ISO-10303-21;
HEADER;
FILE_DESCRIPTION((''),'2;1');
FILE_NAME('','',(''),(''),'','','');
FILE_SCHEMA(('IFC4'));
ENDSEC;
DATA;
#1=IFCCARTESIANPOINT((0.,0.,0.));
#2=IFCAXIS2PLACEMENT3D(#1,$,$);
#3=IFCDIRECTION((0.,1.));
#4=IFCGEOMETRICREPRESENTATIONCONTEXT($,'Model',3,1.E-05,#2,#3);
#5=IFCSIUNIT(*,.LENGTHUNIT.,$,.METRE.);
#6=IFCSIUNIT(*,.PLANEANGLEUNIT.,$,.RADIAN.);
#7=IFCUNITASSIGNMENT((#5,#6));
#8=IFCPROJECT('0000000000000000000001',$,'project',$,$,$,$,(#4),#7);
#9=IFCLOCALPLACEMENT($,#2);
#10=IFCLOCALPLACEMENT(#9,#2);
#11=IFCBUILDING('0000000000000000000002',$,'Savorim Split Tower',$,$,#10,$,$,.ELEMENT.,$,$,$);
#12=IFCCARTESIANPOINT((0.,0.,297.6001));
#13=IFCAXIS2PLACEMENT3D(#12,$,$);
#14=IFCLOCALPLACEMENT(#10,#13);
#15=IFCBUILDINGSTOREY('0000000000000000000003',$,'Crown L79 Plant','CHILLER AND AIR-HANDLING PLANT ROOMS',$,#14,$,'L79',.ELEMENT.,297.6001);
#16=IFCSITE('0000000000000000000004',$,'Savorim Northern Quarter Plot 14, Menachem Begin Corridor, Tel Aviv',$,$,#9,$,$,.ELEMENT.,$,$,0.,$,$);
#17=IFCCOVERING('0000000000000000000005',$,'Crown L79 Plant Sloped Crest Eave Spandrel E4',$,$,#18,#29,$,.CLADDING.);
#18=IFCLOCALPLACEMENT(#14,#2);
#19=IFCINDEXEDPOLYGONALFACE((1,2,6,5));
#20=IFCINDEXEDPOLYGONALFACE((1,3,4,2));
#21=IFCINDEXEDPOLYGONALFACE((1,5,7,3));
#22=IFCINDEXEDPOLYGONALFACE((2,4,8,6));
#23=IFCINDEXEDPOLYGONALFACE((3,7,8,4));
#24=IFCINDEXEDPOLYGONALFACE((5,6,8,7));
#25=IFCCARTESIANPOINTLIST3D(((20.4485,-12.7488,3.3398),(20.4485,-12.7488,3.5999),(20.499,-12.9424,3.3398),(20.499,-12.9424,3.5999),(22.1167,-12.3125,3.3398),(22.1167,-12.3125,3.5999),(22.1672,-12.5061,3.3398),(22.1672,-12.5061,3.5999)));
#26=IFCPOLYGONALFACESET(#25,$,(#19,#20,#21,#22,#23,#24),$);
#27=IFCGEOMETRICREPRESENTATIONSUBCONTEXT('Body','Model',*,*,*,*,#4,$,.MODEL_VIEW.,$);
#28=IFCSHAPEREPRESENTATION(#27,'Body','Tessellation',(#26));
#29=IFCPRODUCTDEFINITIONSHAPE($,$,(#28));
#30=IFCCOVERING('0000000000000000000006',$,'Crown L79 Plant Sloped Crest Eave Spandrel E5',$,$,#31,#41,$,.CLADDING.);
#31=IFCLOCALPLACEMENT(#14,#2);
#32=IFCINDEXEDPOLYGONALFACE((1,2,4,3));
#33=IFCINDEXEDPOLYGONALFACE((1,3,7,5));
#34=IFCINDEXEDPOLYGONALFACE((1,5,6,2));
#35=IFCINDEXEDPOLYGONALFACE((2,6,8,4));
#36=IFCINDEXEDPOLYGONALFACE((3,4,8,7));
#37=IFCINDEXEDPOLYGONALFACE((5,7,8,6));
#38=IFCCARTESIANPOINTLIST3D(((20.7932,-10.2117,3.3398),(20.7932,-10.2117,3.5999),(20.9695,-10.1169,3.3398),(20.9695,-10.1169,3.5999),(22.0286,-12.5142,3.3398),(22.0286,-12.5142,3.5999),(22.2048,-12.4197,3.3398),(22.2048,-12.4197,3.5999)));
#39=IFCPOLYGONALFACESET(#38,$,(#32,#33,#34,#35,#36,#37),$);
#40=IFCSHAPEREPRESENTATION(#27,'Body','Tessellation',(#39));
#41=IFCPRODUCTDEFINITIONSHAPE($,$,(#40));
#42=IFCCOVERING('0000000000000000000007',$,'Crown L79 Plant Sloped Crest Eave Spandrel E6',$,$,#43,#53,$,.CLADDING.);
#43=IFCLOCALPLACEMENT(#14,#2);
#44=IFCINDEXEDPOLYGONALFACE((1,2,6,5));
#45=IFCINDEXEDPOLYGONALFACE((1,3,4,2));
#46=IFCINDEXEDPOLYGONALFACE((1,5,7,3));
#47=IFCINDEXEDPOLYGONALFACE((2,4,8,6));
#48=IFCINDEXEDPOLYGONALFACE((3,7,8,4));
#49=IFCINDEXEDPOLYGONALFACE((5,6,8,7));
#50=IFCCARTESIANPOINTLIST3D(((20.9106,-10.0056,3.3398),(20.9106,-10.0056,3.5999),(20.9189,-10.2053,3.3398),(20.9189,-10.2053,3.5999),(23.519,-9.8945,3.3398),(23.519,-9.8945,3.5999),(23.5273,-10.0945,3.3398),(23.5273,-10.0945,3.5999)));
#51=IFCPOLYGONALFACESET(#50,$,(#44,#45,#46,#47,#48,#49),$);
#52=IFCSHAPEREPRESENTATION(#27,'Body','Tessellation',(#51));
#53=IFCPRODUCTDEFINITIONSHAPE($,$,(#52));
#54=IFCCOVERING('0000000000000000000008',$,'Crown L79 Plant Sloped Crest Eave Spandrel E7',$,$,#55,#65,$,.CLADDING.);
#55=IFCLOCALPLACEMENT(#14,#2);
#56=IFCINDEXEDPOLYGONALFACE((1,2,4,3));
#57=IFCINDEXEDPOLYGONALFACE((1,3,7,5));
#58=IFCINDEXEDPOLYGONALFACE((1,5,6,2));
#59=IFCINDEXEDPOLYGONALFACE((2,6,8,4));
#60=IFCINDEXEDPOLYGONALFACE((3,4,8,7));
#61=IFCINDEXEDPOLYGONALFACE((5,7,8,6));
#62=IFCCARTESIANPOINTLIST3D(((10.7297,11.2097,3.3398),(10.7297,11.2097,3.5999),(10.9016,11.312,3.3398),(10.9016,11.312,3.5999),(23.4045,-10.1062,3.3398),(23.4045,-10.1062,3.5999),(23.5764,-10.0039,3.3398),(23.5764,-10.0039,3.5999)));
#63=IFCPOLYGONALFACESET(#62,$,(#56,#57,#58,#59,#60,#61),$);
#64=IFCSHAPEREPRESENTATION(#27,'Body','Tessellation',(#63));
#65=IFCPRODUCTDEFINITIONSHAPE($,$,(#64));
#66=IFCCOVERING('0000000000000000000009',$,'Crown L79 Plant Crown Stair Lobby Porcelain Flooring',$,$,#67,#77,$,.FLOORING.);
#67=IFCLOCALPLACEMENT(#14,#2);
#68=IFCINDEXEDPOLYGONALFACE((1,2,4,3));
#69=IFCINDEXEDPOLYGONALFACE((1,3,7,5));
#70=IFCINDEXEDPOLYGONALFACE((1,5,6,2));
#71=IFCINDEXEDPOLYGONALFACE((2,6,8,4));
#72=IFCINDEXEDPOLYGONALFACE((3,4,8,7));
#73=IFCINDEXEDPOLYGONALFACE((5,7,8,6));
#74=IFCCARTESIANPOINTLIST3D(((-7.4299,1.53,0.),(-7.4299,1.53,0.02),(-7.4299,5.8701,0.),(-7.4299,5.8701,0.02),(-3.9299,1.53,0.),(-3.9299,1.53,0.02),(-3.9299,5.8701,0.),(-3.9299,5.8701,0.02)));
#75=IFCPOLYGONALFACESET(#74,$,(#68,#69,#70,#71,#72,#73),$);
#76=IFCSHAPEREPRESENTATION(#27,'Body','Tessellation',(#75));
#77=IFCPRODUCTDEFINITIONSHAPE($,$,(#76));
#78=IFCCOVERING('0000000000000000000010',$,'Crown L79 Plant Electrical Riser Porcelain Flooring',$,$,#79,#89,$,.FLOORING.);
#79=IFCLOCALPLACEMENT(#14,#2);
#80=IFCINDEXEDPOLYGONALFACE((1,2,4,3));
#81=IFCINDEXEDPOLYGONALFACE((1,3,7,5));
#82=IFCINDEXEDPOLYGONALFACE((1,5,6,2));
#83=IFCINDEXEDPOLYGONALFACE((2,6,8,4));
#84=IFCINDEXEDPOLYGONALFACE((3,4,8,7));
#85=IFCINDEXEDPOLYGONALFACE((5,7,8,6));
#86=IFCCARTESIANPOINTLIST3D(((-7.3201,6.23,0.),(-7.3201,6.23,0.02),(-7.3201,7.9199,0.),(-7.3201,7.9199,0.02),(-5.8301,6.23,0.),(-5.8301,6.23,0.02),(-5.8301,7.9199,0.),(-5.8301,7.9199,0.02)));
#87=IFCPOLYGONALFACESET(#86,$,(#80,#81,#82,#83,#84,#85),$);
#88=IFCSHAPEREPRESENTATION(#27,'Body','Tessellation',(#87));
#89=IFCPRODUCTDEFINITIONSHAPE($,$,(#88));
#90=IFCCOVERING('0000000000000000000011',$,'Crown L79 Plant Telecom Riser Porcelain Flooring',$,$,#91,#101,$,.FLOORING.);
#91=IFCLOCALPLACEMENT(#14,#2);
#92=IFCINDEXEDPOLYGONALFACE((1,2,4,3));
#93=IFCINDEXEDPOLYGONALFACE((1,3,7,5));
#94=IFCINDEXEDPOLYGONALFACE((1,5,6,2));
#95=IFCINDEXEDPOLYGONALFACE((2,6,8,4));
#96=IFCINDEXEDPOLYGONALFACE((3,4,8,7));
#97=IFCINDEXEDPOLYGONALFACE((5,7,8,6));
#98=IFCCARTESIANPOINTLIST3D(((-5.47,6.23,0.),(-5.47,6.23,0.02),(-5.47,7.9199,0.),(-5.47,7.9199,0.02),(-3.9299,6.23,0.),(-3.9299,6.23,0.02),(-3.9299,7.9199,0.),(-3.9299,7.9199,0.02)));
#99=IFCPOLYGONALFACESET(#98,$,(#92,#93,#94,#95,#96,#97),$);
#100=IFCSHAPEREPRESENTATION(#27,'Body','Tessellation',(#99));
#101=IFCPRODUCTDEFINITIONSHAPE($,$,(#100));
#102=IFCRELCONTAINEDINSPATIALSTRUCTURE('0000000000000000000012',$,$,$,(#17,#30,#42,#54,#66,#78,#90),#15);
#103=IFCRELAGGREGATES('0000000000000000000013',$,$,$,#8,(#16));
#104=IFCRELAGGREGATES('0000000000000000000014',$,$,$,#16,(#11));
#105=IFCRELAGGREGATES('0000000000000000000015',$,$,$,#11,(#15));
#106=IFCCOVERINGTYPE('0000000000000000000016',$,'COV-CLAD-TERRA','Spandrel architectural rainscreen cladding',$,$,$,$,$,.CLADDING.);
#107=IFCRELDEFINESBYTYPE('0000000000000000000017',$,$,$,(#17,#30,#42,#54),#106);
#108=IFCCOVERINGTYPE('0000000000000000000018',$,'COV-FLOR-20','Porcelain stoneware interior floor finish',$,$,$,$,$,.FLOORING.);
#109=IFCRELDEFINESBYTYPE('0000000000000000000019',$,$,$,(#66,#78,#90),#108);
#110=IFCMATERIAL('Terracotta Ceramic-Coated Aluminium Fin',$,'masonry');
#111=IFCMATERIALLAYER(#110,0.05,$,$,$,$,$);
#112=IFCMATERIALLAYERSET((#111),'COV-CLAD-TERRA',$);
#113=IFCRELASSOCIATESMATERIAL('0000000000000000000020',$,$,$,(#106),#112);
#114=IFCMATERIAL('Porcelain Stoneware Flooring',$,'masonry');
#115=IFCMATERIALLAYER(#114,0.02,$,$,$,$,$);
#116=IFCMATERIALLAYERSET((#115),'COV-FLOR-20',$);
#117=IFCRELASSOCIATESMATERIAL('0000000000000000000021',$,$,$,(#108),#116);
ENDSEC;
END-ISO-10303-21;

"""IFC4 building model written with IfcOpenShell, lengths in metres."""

from ifc_helpers import new_model, si_unit, direction, frame, origin, place, context, subcontext, project, spatial, polyline, outline, extrude, material, layer, layer_set, type_object, element, save


model = new_model("IFC4")

# Units and contexts
model_context = context("Model", 3, precision=1e-05, world=origin(), true_north=direction((0.0, 1.0)))
body_context = subcontext(model_context, "Body", "Model", "MODEL_VIEW")
ifc_project = project(units=[si_unit("LENGTHUNIT", "METRE"), si_unit("PLANEANGLEUNIT", "RADIAN")], contexts=[model_context])

# Site, building, storey
site_placement = place(None, origin())
site = spatial("IfcSite", under=ifc_project, at=site_placement, Name="Savorim Northern Quarter Plot 14, Menachem Begin Corridor, Tel Aviv", CompositionType="ELEMENT", RefElevation=0.0)
building_placement = place(site_placement, origin())
building = spatial("IfcBuilding", under=site, at=building_placement, Name="Savorim Split Tower", CompositionType="ELEMENT")
storey_placement = place(building_placement, frame((0.0, 0.0, 297.6001)))
storey = spatial("IfcBuildingStorey", under=building, at=storey_placement, Name="Crown L79 Plant", Description="CHILLER AND AIR-HANDLING PLANT ROOMS", LongName="L79", CompositionType="ELEMENT", Elevation=297.6001)

# Coverings
ifc_material_1 = material(Name="Terracotta Ceramic-Coated Aluminium Fin", Category="masonry")
ifc_layer_1 = layer(ifc_material_1, 0.05)
ifc_layer_set_1 = layer_set([ifc_layer_1], Name="COV-CLAD-TERRA")
covering_type_1 = type_object("IfcCoveringType", Name="COV-CLAD-TERRA", Description="Spandrel architectural rainscreen cladding", PredefinedType="CLADDING", material=ifc_layer_set_1)
covering_1_placement = place(storey_placement, frame((0.0, 0.0, 3.3398)))
element("IfcCovering", 1, at=covering_1_placement, inside=storey, type_object=covering_type_1, Name="Crown L79 Plant Sloped Crest Eave Spandrel E4", PredefinedType="CLADDING", context=body_context, shape_type="SweptSolid", body=[
    extrude(outline(polyline([(20.499, -12.9424), (22.1672, -12.5061), (22.1167, -12.3125), (20.4485, -12.7488), (20.499, -12.9424)])), origin(), (0.0, 0.0, 1.0), 0.26),
])
covering_2_placement = place(storey_placement, frame((0.0, 0.0, 3.3398)))
element("IfcCovering", 2, at=covering_2_placement, inside=storey, type_object=covering_type_1, Name="Crown L79 Plant Sloped Crest Eave Spandrel E5", PredefinedType="CLADDING", context=body_context, shape_type="SweptSolid", body=[
    extrude(outline(polyline([(22.2048, -12.4197), (20.9695, -10.1169), (20.7932, -10.2117), (22.0286, -12.5142), (22.2048, -12.4197)])), origin(), (0.0, 0.0, 1.0), 0.26),
])
covering_3_placement = place(storey_placement, frame((0.0, 0.0, 3.3398)))
element("IfcCovering", 3, at=covering_3_placement, inside=storey, type_object=covering_type_1, Name="Crown L79 Plant Sloped Crest Eave Spandrel E6", PredefinedType="CLADDING", context=body_context, shape_type="SweptSolid", body=[
    extrude(outline(polyline([(20.9189, -10.2053), (23.5273, -10.0945), (23.519, -9.8945), (20.9106, -10.0056), (20.9189, -10.2053)])), origin(), (0.0, 0.0, 1.0), 0.26),
])
covering_4_placement = place(storey_placement, frame((0.0, 0.0, 3.3398)))
element("IfcCovering", 4, at=covering_4_placement, inside=storey, type_object=covering_type_1, Name="Crown L79 Plant Sloped Crest Eave Spandrel E7", PredefinedType="CLADDING", context=body_context, shape_type="SweptSolid", body=[
    extrude(outline(polyline([(23.5764, -10.0039), (10.9016, 11.312), (10.7297, 11.2097), (23.4045, -10.1062), (23.5764, -10.0039)])), origin(), (0.0, 0.0, 1.0), 0.26),
])
ifc_material_2 = material(Name="Porcelain Stoneware Flooring", Category="masonry")
ifc_layer_2 = layer(ifc_material_2, 0.02)
ifc_layer_set_2 = layer_set([ifc_layer_2], Name="COV-FLOR-20")
covering_type_2 = type_object("IfcCoveringType", Name="COV-FLOR-20", Description="Porcelain stoneware interior floor finish", PredefinedType="FLOORING", material=ifc_layer_set_2)
covering_5_placement = place(storey_placement, origin())
element("IfcCovering", 5, at=covering_5_placement, inside=storey, type_object=covering_type_2, Name="Crown L79 Plant Crown Stair Lobby Porcelain Flooring", PredefinedType="FLOORING", context=body_context, shape_type="SweptSolid", body=[
    extrude(outline(polyline([(-7.4299, 5.8701), (-7.4299, 1.53), (-3.9299, 1.53), (-3.9299, 5.8701), (-7.4299, 5.8701)])), origin(), (0.0, 0.0, 1.0), 0.02),
])
covering_6_placement = place(storey_placement, origin())
element("IfcCovering", 6, at=covering_6_placement, inside=storey, type_object=covering_type_2, Name="Crown L79 Plant Electrical Riser Porcelain Flooring", PredefinedType="FLOORING", context=body_context, shape_type="SweptSolid", body=[
    extrude(outline(polyline([(-7.3201, 7.9199), (-7.3201, 6.23), (-5.8301, 6.23), (-5.8301, 7.9199), (-7.3201, 7.9199)])), origin(), (0.0, 0.0, 1.0), 0.02),
])
covering_7_placement = place(storey_placement, origin())
element("IfcCovering", 7, at=covering_7_placement, inside=storey, type_object=covering_type_2, Name="Crown L79 Plant Telecom Riser Porcelain Flooring", PredefinedType="FLOORING", context=body_context, shape_type="SweptSolid", body=[
    extrude(outline(polyline([(-5.47, 7.9199), (-5.47, 6.23), (-3.9299, 6.23), (-3.9299, 7.9199), (-5.47, 7.9199)])), origin(), (0.0, 0.0, 1.0), 0.02),
])

save(model, "model.ifc")
